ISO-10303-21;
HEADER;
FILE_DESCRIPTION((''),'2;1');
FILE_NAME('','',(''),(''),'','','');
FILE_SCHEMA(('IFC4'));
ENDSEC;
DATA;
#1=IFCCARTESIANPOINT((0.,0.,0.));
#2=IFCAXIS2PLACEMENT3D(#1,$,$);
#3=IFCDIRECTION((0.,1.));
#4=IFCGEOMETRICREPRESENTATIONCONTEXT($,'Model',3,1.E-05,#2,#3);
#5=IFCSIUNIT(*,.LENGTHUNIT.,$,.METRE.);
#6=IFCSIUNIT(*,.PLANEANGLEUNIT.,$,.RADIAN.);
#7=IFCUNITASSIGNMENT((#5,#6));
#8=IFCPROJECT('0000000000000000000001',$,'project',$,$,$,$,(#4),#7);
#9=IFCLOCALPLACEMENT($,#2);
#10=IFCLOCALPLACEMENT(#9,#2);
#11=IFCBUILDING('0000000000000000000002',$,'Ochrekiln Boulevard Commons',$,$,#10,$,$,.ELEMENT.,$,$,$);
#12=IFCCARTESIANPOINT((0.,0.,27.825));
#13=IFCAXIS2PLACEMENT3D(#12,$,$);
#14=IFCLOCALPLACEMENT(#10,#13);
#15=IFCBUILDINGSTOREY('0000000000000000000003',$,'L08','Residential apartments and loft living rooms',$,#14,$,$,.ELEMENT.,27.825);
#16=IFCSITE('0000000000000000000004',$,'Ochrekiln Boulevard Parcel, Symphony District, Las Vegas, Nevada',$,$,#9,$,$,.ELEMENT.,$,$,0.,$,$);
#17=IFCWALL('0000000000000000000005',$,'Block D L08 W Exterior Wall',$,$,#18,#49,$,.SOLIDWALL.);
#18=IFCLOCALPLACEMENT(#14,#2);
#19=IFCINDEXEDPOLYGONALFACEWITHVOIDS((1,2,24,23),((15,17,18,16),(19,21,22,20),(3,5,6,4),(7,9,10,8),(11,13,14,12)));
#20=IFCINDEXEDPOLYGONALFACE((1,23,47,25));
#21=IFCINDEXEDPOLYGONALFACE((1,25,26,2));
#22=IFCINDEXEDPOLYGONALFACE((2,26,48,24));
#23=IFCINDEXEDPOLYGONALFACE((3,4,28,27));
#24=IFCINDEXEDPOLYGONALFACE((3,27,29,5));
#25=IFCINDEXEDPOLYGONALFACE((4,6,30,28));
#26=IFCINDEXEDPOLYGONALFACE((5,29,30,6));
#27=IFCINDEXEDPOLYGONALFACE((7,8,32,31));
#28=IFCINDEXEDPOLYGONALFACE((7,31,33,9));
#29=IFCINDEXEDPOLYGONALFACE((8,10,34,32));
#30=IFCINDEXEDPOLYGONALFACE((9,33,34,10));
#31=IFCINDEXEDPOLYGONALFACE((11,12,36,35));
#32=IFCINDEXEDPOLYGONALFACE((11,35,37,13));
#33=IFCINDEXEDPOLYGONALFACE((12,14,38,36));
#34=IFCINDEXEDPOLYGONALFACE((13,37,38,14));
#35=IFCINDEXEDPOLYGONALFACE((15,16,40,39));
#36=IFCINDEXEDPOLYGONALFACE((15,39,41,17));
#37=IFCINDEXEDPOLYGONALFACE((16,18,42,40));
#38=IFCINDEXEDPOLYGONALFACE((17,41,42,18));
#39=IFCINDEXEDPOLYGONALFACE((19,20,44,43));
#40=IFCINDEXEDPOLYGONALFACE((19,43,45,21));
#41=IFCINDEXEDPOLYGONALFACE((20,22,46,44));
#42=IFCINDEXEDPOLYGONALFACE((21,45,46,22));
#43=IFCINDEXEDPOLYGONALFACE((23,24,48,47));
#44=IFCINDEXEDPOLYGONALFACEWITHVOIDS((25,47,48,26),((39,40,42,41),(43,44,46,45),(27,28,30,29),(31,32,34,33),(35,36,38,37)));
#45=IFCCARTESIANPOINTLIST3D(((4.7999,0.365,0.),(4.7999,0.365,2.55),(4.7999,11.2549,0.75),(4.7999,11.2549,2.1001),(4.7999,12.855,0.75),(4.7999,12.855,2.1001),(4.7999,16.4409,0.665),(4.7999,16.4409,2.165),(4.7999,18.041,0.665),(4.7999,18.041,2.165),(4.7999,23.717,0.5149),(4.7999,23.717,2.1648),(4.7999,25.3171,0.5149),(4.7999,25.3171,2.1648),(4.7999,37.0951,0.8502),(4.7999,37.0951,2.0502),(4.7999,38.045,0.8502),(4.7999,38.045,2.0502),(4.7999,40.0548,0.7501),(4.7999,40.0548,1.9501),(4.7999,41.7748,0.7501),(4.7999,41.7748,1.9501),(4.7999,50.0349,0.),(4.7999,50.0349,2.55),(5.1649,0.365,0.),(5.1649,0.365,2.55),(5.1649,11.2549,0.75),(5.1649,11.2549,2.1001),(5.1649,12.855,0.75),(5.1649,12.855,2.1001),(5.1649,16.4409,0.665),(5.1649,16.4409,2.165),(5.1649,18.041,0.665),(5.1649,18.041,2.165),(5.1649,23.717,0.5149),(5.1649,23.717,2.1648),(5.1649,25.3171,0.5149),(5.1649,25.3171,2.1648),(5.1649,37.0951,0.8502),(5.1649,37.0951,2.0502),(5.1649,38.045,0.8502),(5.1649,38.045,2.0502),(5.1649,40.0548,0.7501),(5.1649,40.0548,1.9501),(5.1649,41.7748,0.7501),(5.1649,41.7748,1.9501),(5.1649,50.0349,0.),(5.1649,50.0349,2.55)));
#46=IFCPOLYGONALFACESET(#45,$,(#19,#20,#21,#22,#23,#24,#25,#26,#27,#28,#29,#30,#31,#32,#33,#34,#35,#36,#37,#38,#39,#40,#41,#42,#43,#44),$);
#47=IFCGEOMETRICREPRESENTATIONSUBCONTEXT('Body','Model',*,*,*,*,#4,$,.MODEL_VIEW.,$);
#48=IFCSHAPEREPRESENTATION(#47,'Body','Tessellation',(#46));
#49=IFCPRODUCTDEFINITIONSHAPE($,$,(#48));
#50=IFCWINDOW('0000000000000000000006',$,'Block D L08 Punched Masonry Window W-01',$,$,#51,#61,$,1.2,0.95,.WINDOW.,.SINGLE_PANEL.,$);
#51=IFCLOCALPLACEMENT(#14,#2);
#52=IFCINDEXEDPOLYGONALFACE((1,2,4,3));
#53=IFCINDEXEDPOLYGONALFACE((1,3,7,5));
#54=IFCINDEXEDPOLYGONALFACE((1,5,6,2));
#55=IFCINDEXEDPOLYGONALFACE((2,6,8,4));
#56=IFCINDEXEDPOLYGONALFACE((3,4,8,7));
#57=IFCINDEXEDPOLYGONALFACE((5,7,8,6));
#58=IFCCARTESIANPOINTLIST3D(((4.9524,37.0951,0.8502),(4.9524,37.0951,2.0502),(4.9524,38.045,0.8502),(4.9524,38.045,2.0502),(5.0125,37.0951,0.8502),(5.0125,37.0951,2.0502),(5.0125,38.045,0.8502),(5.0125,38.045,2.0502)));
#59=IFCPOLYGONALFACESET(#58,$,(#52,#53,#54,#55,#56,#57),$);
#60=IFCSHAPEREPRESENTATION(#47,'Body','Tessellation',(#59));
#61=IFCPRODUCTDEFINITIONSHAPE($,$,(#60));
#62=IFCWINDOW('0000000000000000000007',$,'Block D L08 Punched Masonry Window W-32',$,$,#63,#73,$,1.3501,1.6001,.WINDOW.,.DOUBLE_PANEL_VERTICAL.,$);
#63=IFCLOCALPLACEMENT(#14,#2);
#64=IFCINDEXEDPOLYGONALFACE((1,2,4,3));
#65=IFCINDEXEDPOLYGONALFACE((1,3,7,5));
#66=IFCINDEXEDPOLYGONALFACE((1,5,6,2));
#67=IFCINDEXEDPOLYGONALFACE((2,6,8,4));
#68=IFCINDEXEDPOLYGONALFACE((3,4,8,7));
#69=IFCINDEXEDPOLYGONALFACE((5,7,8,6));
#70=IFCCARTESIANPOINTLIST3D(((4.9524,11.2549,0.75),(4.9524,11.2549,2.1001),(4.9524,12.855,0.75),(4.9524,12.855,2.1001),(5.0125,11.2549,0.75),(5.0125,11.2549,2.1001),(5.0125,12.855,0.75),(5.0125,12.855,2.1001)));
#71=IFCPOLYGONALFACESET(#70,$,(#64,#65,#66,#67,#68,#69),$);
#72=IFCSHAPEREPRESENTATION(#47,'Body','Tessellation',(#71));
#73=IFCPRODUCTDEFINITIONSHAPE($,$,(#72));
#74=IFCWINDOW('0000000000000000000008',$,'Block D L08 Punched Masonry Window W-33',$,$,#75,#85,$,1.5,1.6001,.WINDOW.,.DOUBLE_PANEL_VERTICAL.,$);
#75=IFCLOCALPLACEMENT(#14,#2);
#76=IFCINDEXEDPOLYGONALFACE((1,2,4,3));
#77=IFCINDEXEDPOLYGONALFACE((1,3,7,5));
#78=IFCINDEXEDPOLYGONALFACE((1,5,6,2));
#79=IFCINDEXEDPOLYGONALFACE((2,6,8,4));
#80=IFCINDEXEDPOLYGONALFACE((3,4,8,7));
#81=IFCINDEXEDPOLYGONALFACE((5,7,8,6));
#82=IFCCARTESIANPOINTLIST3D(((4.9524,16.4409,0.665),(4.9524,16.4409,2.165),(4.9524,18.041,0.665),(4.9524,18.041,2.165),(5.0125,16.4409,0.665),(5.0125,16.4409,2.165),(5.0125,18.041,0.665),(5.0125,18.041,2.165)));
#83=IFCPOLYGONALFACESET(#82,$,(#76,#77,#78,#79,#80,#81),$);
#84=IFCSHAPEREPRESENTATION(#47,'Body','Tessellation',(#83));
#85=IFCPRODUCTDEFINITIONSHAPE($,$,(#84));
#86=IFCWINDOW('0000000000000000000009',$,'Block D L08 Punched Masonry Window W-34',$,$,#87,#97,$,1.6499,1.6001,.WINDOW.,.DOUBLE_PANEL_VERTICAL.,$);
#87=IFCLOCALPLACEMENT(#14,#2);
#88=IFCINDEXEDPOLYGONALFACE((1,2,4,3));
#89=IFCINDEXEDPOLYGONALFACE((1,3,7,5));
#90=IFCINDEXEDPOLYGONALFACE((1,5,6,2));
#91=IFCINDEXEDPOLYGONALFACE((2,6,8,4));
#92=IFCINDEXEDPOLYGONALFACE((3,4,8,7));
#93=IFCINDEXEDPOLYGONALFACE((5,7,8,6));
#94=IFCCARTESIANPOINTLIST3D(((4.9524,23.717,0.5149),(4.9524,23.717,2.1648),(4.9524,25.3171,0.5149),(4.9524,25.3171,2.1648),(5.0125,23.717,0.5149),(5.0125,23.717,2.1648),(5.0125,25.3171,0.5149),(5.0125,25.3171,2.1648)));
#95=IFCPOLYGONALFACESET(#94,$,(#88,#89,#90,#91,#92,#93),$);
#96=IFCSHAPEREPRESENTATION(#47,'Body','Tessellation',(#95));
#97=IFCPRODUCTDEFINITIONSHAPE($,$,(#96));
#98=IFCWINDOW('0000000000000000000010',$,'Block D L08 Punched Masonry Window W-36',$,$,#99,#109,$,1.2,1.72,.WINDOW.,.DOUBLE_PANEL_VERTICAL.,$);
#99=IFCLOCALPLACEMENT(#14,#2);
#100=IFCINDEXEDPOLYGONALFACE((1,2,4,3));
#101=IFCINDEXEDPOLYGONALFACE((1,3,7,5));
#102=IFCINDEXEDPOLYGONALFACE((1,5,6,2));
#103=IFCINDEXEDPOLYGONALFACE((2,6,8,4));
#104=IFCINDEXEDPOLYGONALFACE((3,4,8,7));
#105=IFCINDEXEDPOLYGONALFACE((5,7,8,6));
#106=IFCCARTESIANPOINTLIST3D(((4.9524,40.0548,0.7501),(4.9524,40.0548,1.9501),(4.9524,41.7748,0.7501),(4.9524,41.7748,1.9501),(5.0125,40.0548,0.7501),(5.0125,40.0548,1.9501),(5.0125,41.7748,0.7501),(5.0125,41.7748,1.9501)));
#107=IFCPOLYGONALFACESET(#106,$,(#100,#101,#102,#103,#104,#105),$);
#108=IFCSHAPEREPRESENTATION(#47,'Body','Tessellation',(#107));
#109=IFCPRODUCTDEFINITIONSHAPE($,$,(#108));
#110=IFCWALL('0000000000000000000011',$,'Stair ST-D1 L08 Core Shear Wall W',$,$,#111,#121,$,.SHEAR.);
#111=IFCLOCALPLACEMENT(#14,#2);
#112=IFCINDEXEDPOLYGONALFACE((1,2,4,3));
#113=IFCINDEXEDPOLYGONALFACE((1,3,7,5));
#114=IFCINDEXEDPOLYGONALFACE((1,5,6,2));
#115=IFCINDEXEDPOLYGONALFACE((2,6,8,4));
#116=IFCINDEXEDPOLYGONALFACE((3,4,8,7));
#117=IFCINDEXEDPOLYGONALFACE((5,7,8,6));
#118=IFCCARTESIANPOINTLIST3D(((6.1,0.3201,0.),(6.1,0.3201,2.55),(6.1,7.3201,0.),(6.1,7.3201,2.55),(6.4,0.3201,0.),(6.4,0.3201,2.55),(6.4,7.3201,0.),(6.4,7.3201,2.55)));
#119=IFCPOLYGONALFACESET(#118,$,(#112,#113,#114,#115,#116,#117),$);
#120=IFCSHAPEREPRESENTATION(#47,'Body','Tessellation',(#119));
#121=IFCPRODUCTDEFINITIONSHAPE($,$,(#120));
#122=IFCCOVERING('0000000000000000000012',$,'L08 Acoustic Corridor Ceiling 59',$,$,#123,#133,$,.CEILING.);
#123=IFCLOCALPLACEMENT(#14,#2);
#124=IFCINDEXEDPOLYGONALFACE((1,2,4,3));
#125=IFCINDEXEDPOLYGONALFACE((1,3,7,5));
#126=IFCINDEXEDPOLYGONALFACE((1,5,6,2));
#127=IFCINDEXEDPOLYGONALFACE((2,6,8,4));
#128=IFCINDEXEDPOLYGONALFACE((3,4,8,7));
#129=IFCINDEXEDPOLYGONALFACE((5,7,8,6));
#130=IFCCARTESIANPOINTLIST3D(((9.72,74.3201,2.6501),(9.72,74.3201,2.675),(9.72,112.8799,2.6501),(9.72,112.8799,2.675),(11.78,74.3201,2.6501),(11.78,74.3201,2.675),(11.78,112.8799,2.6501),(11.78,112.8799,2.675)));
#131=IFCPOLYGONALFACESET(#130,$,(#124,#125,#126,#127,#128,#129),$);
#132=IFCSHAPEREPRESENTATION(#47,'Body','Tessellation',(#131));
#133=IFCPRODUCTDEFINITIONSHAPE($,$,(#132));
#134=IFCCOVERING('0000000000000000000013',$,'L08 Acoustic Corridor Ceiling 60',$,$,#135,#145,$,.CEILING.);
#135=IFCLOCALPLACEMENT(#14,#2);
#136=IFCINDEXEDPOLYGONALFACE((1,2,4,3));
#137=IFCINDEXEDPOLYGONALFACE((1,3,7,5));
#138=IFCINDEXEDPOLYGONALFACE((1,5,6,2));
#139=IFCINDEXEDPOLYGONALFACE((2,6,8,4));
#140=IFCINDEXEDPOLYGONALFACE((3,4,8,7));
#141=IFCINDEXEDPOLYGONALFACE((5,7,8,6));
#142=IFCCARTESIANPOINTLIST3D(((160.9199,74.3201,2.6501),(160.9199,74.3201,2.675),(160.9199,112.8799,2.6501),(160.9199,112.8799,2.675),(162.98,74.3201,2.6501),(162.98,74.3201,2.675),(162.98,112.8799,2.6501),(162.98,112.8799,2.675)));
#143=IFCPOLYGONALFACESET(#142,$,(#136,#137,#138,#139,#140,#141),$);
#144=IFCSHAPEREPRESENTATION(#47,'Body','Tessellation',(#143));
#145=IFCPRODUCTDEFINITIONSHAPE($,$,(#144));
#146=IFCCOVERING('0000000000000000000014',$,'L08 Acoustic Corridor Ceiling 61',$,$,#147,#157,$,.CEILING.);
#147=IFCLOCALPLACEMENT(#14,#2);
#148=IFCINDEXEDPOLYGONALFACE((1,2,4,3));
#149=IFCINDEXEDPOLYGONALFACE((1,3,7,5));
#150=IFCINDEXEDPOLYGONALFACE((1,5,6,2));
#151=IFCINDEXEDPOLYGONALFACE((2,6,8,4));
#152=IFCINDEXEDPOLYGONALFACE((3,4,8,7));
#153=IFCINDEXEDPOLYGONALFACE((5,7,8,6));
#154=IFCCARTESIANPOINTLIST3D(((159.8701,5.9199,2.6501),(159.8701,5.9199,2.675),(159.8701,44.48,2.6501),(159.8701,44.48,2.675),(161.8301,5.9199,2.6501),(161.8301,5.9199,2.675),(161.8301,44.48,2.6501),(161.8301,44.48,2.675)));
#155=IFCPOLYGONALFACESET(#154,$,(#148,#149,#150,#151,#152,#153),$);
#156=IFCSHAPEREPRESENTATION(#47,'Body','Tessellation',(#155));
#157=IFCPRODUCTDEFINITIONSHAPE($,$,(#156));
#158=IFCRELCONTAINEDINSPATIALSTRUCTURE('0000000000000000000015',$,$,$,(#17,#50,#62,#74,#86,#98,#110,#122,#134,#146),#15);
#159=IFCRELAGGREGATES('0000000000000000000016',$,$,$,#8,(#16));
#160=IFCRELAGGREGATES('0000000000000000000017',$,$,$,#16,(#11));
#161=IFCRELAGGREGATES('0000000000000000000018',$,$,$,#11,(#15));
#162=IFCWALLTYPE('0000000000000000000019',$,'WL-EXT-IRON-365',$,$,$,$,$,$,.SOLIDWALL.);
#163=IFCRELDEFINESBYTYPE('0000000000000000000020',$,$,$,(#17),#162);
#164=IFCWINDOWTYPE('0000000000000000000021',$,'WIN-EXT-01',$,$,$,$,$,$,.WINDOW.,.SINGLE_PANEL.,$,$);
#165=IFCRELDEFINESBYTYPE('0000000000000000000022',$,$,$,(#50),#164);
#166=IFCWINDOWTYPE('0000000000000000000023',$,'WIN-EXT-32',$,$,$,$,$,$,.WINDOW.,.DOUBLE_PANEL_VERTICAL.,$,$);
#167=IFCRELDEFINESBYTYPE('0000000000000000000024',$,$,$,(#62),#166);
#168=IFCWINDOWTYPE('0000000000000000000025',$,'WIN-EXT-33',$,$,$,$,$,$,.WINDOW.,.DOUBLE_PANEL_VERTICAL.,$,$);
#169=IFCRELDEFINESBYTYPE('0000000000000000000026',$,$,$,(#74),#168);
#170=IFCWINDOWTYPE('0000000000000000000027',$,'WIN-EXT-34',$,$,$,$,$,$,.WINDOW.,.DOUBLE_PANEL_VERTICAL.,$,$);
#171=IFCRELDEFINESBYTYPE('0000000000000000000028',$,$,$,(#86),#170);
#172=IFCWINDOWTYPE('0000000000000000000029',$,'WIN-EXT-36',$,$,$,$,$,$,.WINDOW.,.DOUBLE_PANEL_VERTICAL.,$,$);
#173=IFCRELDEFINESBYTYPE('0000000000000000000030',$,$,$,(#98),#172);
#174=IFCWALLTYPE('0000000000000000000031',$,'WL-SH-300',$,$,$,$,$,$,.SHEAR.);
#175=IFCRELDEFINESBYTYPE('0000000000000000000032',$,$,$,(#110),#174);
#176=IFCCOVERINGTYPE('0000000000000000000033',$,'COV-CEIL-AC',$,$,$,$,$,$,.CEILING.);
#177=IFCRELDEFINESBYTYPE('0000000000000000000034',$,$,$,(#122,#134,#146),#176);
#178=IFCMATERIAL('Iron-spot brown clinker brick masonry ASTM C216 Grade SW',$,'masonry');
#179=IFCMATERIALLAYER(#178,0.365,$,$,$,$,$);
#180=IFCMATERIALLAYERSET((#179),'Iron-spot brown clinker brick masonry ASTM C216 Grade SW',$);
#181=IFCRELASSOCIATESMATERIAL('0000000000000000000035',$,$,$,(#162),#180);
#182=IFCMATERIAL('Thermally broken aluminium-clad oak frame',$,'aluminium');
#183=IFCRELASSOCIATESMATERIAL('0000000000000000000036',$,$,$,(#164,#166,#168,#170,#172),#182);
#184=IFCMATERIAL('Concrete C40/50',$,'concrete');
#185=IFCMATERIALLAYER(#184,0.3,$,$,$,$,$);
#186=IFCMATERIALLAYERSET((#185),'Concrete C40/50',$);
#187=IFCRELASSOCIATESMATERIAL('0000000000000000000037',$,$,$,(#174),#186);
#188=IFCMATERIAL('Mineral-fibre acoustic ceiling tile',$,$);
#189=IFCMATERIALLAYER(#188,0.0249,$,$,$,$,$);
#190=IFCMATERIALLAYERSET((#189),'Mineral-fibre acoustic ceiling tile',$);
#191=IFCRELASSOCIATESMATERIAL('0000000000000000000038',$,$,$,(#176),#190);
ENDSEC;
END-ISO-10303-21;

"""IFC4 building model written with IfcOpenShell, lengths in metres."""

from ifc_helpers import new_model, si_unit, direction, frame, frame_2d, origin, place, context, subcontext, project, spatial, polyline, rectangle, outline, extrude, material, layer, layer_set, type_object, element, fill, save


model = new_model("IFC4")

# Units and contexts
model_context = context("Model", 3, precision=1e-05, world=origin(), true_north=direction((0.0, 1.0)))
body_context = subcontext(model_context, "Body", "Model", "MODEL_VIEW")
ifc_project = project(units=[si_unit("LENGTHUNIT", "METRE"), si_unit("PLANEANGLEUNIT", "RADIAN")], contexts=[model_context])

# Site, building, storey
site_placement = place(None, origin())
site = spatial("IfcSite", under=ifc_project, at=site_placement, Name="Ochrekiln Boulevard Parcel, Symphony District, Las Vegas, Nevada", CompositionType="ELEMENT", RefElevation=0.0)
building_placement = place(site_placement, origin())
building = spatial("IfcBuilding", under=site, at=building_placement, Name="Ochrekiln Boulevard Commons", CompositionType="ELEMENT")
storey_placement = place(building_placement, frame((0.0, 0.0, 27.825)))
storey = spatial("IfcBuildingStorey", under=building, at=storey_placement, Name="L08", Description="Residential apartments and loft living rooms", CompositionType="ELEMENT", Elevation=27.825)

# Shared definitions
ifc_material_1 = material(Name="Concrete C40/50", Category="concrete")

# Shared definitions
ifc_material_2 = material(Name="Iron-spot brown clinker brick masonry ASTM C216 Grade SW", Category="masonry")
ifc_layer_1 = layer(ifc_material_2, 0.365)
ifc_layer_set_1 = layer_set([ifc_layer_1], Name="Iron-spot brown clinker brick masonry ASTM C216 Grade SW")
wall_type_1 = type_object("IfcWallType", Name="WL-EXT-IRON-365", PredefinedType="SOLIDWALL", material=ifc_layer_set_1)

# Wall, openings, windows
wall_1_placement = place(storey_placement, frame((4.9824, 0.365, 0.0), z_axis=(0.0, 0.0, 1.0), x_axis=(0.0, 1.0, 0.0)))
wall_1 = element("IfcWall", 1, at=wall_1_placement, inside=storey, type_object=wall_type_1, Name="Block D L08 W Exterior Wall", PredefinedType="SOLIDWALL", context=body_context, shape_type="SweptSolid", body=[
    extrude(rectangle(XDim=49.6699, YDim=0.365, at=frame_2d((24.835, 0.0))), origin(), (0.0, 0.0, 1.0), 2.55),
])
opening_1_placement = place(wall_1_placement, frame((10.8899, 0.0, 0.75)))
opening_1 = element("IfcOpeningElement", 2, at=opening_1_placement, cuts=wall_1, PredefinedType="OPENING", context=body_context, shape_type="SweptSolid", body=[
    extrude(rectangle(XDim=1.6001, YDim=1.3501, at=frame_2d((0.8, 0.675))), frame((0.0, 0.1924, 0.0), z_axis=(0.0, -1.0, 0.0), x_axis=(1.0, 0.0, 0.0)), (0.0, 0.0, 1.0), 0.385),
])
opening_2_placement = place(wall_1_placement, frame((16.0759, 0.0, 0.665)))
opening_2 = element("IfcOpeningElement", 3, at=opening_2_placement, cuts=wall_1, PredefinedType="OPENING", context=body_context, shape_type="SweptSolid", body=[
    extrude(rectangle(XDim=1.6001, YDim=1.5, at=frame_2d((0.8, 0.75))), frame((0.0, 0.1924, 0.0), z_axis=(0.0, -1.0, 0.0), x_axis=(1.0, 0.0, 0.0)), (0.0, 0.0, 1.0), 0.385),
])
opening_3_placement = place(wall_1_placement, frame((23.3521, 0.0, 0.5149)))
opening_3 = element("IfcOpeningElement", 4, at=opening_3_placement, cuts=wall_1, PredefinedType="OPENING", context=body_context, shape_type="SweptSolid", body=[
    extrude(rectangle(XDim=1.6001, YDim=1.6499, at=frame_2d((0.8, 0.825))), frame((0.0, 0.1924, 0.0), z_axis=(0.0, -1.0, 0.0), x_axis=(1.0, 0.0, 0.0)), (0.0, 0.0, 1.0), 0.385),
])
opening_4_placement = place(wall_1_placement, frame((36.73, 0.0, 0.8501)))
opening_4 = element("IfcOpeningElement", 5, at=opening_4_placement, cuts=wall_1, PredefinedType="OPENING", context=body_context, shape_type="SweptSolid", body=[
    extrude(rectangle(XDim=0.95, YDim=1.2, at=frame_2d((0.4751, 0.6001))), frame((0.0, 0.1924, 0.0), z_axis=(0.0, -1.0, 0.0), x_axis=(1.0, 0.0, 0.0)), (0.0, 0.0, 1.0), 0.385),
])
opening_5_placement = place(wall_1_placement, frame((39.6899, 0.0, 0.75)))
opening_5 = element("IfcOpeningElement", 6, at=opening_5_placement, cuts=wall_1, PredefinedType="OPENING", context=body_context, shape_type="SweptSolid", body=[
    extrude(rectangle(XDim=1.72, YDim=1.2, at=frame_2d((0.8599, 0.6001))), frame((0.0, 0.1924, 0.0), z_axis=(0.0, -1.0, 0.0), x_axis=(1.0, 0.0, 0.0)), (0.0, 0.0, 1.0), 0.385),
])
ifc_material_3 = material(Name="Thermally broken aluminium-clad oak frame", Category="aluminium")
window_type_1 = type_object("IfcWindowType", Name="WIN-EXT-01", PartitioningType="SINGLE_PANEL", PredefinedType="WINDOW", material=ifc_material_3)
window_1_placement = place(opening_4_placement, origin())
window_1 = element("IfcWindow", 7, at=window_1_placement, inside=storey, type_object=window_type_1, Name="Block D L08 Punched Masonry Window W-01", OverallHeight=1.2, OverallWidth=0.95, PartitioningType="SINGLE_PANEL", PredefinedType="WINDOW", context=body_context, shape_type="SweptSolid", body=[
    extrude(rectangle(XDim=0.95, YDim=1.2, at=frame_2d((0.4751, 0.6001))), frame((0.0, 0.03, 0.0), z_axis=(0.0, -1.0, 0.0), x_axis=(1.0, 0.0, 0.0)), (0.0, 0.0, 1.0), 0.0601),
])
fill(opening_4, window_1)
window_type_2 = type_object("IfcWindowType", Name="WIN-EXT-32", PartitioningType="DOUBLE_PANEL_VERTICAL", PredefinedType="WINDOW", material=ifc_material_3)
window_2_placement = place(opening_1_placement, origin())
window_2 = element("IfcWindow", 8, at=window_2_placement, inside=storey, type_object=window_type_2, Name="Block D L08 Punched Masonry Window W-32", OverallHeight=1.3501, OverallWidth=1.6001, PartitioningType="DOUBLE_PANEL_VERTICAL", PredefinedType="WINDOW", context=body_context, shape_type="SweptSolid", body=[
    extrude(rectangle(XDim=1.6001, YDim=1.3501, at=frame_2d((0.8, 0.675))), frame((0.0, 0.03, 0.0), z_axis=(0.0, -1.0, 0.0), x_axis=(1.0, 0.0, 0.0)), (0.0, 0.0, 1.0), 0.0601),
])
fill(opening_1, window_2)
window_type_3 = type_object("IfcWindowType", Name="WIN-EXT-33", PartitioningType="DOUBLE_PANEL_VERTICAL", PredefinedType="WINDOW", material=ifc_material_3)
window_3_placement = place(opening_2_placement, origin())
window_3 = element("IfcWindow", 9, at=window_3_placement, inside=storey, type_object=window_type_3, Name="Block D L08 Punched Masonry Window W-33", OverallHeight=1.5, OverallWidth=1.6001, PartitioningType="DOUBLE_PANEL_VERTICAL", PredefinedType="WINDOW", context=body_context, shape_type="SweptSolid", body=[
    extrude(rectangle(XDim=1.6001, YDim=1.5, at=frame_2d((0.8, 0.75))), frame((0.0, 0.03, 0.0), z_axis=(0.0, -1.0, 0.0), x_axis=(1.0, 0.0, 0.0)), (0.0, 0.0, 1.0), 0.0601),
])
fill(opening_2, window_3)
window_type_4 = type_object("IfcWindowType", Name="WIN-EXT-34", PartitioningType="DOUBLE_PANEL_VERTICAL", PredefinedType="WINDOW", material=ifc_material_3)
window_4_placement = place(opening_3_placement, origin())
window_4 = element("IfcWindow", 10, at=window_4_placement, inside=storey, type_object=window_type_4, Name="Block D L08 Punched Masonry Window W-34", OverallHeight=1.6499, OverallWidth=1.6001, PartitioningType="DOUBLE_PANEL_VERTICAL", PredefinedType="WINDOW", context=body_context, shape_type="SweptSolid", body=[
    extrude(rectangle(XDim=1.6001, YDim=1.6499, at=frame_2d((0.8, 0.825))), frame((0.0, 0.03, 0.0), z_axis=(0.0, -1.0, 0.0), x_axis=(1.0, 0.0, 0.0)), (0.0, 0.0, 1.0), 0.0601),
])
fill(opening_3, window_4)
window_type_5 = type_object("IfcWindowType", Name="WIN-EXT-36", PartitioningType="DOUBLE_PANEL_VERTICAL", PredefinedType="WINDOW", material=ifc_material_3)
window_5_placement = place(opening_5_placement, origin())
window_5 = element("IfcWindow", 11, at=window_5_placement, inside=storey, type_object=window_type_5, Name="Block D L08 Punched Masonry Window W-36", OverallHeight=1.2, OverallWidth=1.72, PartitioningType="DOUBLE_PANEL_VERTICAL", PredefinedType="WINDOW", context=body_context, shape_type="SweptSolid", body=[
    extrude(rectangle(XDim=1.72, YDim=1.2, at=frame_2d((0.8599, 0.6001))), frame((0.0, 0.03, 0.0), z_axis=(0.0, -1.0, 0.0), x_axis=(1.0, 0.0, 0.0)), (0.0, 0.0, 1.0), 0.0601),
])
fill(opening_5, window_5)

# Wall
ifc_layer_2 = layer(ifc_material_1, 0.3)
ifc_layer_set_2 = layer_set([ifc_layer_2], Name="Concrete C40/50")
wall_type_2 = type_object("IfcWallType", Name="WL-SH-300", PredefinedType="SHEAR", material=ifc_layer_set_2)
wall_2_placement = place(storey_placement, frame((6.25, 0.3201, 0.0), z_axis=(0.0, 0.0, 1.0), x_axis=(0.0, 1.0, 0.0)))
element("IfcWall", 12, at=wall_2_placement, inside=storey, type_object=wall_type_2, Name="Stair ST-D1 L08 Core Shear Wall W", PredefinedType="SHEAR", context=body_context, shape_type="SweptSolid", body=[
    extrude(rectangle(XDim=7.0, YDim=0.3, at=frame_2d((3.5, 0.0))), origin(), (0.0, 0.0, 1.0), 2.55),
])

# Coverings
ifc_material_4 = material(Name="Mineral-fibre acoustic ceiling tile")
ifc_layer_3 = layer(ifc_material_4, 0.0249)
ifc_layer_set_3 = layer_set([ifc_layer_3], Name="Mineral-fibre acoustic ceiling tile")
covering_type = type_object("IfcCoveringType", Name="COV-CEIL-AC", PredefinedType="CEILING", material=ifc_layer_set_3)
covering_1_placement = place(storey_placement, frame((0.0, 0.0, 2.6501)))
element("IfcCovering", 13, at=covering_1_placement, inside=storey, type_object=covering_type, Name="L08 Acoustic Corridor Ceiling 59", PredefinedType="CEILING", context=body_context, shape_type="SweptSolid", body=[
    extrude(outline(polyline([(9.72, 74.3201), (11.78, 74.3201), (11.78, 112.8799), (9.72, 112.8799), (9.72, 74.3201)])), origin(), (0.0, 0.0, 1.0), 0.0249),
])
covering_2_placement = place(storey_placement, frame((0.0, 0.0, 2.6501)))
element("IfcCovering", 14, at=covering_2_placement, inside=storey, type_object=covering_type, Name="L08 Acoustic Corridor Ceiling 60", PredefinedType="CEILING", context=body_context, shape_type="SweptSolid", body=[
    extrude(outline(polyline([(160.9199, 74.3201), (162.98, 74.3201), (162.98, 112.8799), (160.9199, 112.8799), (160.9199, 74.3201)])), origin(), (0.0, 0.0, 1.0), 0.0249),
])
covering_3_placement = place(storey_placement, frame((0.0, 0.0, 2.6501)))
element("IfcCovering", 15, at=covering_3_placement, inside=storey, type_object=covering_type, Name="L08 Acoustic Corridor Ceiling 61", PredefinedType="CEILING", context=body_context, shape_type="SweptSolid", body=[
    extrude(outline(polyline([(159.8701, 5.9199), (161.8301, 5.9199), (161.8301, 44.48), (159.8701, 44.48), (159.8701, 5.9199)])), origin(), (0.0, 0.0, 1.0), 0.0249),
])

save(model, "model.ifc")
